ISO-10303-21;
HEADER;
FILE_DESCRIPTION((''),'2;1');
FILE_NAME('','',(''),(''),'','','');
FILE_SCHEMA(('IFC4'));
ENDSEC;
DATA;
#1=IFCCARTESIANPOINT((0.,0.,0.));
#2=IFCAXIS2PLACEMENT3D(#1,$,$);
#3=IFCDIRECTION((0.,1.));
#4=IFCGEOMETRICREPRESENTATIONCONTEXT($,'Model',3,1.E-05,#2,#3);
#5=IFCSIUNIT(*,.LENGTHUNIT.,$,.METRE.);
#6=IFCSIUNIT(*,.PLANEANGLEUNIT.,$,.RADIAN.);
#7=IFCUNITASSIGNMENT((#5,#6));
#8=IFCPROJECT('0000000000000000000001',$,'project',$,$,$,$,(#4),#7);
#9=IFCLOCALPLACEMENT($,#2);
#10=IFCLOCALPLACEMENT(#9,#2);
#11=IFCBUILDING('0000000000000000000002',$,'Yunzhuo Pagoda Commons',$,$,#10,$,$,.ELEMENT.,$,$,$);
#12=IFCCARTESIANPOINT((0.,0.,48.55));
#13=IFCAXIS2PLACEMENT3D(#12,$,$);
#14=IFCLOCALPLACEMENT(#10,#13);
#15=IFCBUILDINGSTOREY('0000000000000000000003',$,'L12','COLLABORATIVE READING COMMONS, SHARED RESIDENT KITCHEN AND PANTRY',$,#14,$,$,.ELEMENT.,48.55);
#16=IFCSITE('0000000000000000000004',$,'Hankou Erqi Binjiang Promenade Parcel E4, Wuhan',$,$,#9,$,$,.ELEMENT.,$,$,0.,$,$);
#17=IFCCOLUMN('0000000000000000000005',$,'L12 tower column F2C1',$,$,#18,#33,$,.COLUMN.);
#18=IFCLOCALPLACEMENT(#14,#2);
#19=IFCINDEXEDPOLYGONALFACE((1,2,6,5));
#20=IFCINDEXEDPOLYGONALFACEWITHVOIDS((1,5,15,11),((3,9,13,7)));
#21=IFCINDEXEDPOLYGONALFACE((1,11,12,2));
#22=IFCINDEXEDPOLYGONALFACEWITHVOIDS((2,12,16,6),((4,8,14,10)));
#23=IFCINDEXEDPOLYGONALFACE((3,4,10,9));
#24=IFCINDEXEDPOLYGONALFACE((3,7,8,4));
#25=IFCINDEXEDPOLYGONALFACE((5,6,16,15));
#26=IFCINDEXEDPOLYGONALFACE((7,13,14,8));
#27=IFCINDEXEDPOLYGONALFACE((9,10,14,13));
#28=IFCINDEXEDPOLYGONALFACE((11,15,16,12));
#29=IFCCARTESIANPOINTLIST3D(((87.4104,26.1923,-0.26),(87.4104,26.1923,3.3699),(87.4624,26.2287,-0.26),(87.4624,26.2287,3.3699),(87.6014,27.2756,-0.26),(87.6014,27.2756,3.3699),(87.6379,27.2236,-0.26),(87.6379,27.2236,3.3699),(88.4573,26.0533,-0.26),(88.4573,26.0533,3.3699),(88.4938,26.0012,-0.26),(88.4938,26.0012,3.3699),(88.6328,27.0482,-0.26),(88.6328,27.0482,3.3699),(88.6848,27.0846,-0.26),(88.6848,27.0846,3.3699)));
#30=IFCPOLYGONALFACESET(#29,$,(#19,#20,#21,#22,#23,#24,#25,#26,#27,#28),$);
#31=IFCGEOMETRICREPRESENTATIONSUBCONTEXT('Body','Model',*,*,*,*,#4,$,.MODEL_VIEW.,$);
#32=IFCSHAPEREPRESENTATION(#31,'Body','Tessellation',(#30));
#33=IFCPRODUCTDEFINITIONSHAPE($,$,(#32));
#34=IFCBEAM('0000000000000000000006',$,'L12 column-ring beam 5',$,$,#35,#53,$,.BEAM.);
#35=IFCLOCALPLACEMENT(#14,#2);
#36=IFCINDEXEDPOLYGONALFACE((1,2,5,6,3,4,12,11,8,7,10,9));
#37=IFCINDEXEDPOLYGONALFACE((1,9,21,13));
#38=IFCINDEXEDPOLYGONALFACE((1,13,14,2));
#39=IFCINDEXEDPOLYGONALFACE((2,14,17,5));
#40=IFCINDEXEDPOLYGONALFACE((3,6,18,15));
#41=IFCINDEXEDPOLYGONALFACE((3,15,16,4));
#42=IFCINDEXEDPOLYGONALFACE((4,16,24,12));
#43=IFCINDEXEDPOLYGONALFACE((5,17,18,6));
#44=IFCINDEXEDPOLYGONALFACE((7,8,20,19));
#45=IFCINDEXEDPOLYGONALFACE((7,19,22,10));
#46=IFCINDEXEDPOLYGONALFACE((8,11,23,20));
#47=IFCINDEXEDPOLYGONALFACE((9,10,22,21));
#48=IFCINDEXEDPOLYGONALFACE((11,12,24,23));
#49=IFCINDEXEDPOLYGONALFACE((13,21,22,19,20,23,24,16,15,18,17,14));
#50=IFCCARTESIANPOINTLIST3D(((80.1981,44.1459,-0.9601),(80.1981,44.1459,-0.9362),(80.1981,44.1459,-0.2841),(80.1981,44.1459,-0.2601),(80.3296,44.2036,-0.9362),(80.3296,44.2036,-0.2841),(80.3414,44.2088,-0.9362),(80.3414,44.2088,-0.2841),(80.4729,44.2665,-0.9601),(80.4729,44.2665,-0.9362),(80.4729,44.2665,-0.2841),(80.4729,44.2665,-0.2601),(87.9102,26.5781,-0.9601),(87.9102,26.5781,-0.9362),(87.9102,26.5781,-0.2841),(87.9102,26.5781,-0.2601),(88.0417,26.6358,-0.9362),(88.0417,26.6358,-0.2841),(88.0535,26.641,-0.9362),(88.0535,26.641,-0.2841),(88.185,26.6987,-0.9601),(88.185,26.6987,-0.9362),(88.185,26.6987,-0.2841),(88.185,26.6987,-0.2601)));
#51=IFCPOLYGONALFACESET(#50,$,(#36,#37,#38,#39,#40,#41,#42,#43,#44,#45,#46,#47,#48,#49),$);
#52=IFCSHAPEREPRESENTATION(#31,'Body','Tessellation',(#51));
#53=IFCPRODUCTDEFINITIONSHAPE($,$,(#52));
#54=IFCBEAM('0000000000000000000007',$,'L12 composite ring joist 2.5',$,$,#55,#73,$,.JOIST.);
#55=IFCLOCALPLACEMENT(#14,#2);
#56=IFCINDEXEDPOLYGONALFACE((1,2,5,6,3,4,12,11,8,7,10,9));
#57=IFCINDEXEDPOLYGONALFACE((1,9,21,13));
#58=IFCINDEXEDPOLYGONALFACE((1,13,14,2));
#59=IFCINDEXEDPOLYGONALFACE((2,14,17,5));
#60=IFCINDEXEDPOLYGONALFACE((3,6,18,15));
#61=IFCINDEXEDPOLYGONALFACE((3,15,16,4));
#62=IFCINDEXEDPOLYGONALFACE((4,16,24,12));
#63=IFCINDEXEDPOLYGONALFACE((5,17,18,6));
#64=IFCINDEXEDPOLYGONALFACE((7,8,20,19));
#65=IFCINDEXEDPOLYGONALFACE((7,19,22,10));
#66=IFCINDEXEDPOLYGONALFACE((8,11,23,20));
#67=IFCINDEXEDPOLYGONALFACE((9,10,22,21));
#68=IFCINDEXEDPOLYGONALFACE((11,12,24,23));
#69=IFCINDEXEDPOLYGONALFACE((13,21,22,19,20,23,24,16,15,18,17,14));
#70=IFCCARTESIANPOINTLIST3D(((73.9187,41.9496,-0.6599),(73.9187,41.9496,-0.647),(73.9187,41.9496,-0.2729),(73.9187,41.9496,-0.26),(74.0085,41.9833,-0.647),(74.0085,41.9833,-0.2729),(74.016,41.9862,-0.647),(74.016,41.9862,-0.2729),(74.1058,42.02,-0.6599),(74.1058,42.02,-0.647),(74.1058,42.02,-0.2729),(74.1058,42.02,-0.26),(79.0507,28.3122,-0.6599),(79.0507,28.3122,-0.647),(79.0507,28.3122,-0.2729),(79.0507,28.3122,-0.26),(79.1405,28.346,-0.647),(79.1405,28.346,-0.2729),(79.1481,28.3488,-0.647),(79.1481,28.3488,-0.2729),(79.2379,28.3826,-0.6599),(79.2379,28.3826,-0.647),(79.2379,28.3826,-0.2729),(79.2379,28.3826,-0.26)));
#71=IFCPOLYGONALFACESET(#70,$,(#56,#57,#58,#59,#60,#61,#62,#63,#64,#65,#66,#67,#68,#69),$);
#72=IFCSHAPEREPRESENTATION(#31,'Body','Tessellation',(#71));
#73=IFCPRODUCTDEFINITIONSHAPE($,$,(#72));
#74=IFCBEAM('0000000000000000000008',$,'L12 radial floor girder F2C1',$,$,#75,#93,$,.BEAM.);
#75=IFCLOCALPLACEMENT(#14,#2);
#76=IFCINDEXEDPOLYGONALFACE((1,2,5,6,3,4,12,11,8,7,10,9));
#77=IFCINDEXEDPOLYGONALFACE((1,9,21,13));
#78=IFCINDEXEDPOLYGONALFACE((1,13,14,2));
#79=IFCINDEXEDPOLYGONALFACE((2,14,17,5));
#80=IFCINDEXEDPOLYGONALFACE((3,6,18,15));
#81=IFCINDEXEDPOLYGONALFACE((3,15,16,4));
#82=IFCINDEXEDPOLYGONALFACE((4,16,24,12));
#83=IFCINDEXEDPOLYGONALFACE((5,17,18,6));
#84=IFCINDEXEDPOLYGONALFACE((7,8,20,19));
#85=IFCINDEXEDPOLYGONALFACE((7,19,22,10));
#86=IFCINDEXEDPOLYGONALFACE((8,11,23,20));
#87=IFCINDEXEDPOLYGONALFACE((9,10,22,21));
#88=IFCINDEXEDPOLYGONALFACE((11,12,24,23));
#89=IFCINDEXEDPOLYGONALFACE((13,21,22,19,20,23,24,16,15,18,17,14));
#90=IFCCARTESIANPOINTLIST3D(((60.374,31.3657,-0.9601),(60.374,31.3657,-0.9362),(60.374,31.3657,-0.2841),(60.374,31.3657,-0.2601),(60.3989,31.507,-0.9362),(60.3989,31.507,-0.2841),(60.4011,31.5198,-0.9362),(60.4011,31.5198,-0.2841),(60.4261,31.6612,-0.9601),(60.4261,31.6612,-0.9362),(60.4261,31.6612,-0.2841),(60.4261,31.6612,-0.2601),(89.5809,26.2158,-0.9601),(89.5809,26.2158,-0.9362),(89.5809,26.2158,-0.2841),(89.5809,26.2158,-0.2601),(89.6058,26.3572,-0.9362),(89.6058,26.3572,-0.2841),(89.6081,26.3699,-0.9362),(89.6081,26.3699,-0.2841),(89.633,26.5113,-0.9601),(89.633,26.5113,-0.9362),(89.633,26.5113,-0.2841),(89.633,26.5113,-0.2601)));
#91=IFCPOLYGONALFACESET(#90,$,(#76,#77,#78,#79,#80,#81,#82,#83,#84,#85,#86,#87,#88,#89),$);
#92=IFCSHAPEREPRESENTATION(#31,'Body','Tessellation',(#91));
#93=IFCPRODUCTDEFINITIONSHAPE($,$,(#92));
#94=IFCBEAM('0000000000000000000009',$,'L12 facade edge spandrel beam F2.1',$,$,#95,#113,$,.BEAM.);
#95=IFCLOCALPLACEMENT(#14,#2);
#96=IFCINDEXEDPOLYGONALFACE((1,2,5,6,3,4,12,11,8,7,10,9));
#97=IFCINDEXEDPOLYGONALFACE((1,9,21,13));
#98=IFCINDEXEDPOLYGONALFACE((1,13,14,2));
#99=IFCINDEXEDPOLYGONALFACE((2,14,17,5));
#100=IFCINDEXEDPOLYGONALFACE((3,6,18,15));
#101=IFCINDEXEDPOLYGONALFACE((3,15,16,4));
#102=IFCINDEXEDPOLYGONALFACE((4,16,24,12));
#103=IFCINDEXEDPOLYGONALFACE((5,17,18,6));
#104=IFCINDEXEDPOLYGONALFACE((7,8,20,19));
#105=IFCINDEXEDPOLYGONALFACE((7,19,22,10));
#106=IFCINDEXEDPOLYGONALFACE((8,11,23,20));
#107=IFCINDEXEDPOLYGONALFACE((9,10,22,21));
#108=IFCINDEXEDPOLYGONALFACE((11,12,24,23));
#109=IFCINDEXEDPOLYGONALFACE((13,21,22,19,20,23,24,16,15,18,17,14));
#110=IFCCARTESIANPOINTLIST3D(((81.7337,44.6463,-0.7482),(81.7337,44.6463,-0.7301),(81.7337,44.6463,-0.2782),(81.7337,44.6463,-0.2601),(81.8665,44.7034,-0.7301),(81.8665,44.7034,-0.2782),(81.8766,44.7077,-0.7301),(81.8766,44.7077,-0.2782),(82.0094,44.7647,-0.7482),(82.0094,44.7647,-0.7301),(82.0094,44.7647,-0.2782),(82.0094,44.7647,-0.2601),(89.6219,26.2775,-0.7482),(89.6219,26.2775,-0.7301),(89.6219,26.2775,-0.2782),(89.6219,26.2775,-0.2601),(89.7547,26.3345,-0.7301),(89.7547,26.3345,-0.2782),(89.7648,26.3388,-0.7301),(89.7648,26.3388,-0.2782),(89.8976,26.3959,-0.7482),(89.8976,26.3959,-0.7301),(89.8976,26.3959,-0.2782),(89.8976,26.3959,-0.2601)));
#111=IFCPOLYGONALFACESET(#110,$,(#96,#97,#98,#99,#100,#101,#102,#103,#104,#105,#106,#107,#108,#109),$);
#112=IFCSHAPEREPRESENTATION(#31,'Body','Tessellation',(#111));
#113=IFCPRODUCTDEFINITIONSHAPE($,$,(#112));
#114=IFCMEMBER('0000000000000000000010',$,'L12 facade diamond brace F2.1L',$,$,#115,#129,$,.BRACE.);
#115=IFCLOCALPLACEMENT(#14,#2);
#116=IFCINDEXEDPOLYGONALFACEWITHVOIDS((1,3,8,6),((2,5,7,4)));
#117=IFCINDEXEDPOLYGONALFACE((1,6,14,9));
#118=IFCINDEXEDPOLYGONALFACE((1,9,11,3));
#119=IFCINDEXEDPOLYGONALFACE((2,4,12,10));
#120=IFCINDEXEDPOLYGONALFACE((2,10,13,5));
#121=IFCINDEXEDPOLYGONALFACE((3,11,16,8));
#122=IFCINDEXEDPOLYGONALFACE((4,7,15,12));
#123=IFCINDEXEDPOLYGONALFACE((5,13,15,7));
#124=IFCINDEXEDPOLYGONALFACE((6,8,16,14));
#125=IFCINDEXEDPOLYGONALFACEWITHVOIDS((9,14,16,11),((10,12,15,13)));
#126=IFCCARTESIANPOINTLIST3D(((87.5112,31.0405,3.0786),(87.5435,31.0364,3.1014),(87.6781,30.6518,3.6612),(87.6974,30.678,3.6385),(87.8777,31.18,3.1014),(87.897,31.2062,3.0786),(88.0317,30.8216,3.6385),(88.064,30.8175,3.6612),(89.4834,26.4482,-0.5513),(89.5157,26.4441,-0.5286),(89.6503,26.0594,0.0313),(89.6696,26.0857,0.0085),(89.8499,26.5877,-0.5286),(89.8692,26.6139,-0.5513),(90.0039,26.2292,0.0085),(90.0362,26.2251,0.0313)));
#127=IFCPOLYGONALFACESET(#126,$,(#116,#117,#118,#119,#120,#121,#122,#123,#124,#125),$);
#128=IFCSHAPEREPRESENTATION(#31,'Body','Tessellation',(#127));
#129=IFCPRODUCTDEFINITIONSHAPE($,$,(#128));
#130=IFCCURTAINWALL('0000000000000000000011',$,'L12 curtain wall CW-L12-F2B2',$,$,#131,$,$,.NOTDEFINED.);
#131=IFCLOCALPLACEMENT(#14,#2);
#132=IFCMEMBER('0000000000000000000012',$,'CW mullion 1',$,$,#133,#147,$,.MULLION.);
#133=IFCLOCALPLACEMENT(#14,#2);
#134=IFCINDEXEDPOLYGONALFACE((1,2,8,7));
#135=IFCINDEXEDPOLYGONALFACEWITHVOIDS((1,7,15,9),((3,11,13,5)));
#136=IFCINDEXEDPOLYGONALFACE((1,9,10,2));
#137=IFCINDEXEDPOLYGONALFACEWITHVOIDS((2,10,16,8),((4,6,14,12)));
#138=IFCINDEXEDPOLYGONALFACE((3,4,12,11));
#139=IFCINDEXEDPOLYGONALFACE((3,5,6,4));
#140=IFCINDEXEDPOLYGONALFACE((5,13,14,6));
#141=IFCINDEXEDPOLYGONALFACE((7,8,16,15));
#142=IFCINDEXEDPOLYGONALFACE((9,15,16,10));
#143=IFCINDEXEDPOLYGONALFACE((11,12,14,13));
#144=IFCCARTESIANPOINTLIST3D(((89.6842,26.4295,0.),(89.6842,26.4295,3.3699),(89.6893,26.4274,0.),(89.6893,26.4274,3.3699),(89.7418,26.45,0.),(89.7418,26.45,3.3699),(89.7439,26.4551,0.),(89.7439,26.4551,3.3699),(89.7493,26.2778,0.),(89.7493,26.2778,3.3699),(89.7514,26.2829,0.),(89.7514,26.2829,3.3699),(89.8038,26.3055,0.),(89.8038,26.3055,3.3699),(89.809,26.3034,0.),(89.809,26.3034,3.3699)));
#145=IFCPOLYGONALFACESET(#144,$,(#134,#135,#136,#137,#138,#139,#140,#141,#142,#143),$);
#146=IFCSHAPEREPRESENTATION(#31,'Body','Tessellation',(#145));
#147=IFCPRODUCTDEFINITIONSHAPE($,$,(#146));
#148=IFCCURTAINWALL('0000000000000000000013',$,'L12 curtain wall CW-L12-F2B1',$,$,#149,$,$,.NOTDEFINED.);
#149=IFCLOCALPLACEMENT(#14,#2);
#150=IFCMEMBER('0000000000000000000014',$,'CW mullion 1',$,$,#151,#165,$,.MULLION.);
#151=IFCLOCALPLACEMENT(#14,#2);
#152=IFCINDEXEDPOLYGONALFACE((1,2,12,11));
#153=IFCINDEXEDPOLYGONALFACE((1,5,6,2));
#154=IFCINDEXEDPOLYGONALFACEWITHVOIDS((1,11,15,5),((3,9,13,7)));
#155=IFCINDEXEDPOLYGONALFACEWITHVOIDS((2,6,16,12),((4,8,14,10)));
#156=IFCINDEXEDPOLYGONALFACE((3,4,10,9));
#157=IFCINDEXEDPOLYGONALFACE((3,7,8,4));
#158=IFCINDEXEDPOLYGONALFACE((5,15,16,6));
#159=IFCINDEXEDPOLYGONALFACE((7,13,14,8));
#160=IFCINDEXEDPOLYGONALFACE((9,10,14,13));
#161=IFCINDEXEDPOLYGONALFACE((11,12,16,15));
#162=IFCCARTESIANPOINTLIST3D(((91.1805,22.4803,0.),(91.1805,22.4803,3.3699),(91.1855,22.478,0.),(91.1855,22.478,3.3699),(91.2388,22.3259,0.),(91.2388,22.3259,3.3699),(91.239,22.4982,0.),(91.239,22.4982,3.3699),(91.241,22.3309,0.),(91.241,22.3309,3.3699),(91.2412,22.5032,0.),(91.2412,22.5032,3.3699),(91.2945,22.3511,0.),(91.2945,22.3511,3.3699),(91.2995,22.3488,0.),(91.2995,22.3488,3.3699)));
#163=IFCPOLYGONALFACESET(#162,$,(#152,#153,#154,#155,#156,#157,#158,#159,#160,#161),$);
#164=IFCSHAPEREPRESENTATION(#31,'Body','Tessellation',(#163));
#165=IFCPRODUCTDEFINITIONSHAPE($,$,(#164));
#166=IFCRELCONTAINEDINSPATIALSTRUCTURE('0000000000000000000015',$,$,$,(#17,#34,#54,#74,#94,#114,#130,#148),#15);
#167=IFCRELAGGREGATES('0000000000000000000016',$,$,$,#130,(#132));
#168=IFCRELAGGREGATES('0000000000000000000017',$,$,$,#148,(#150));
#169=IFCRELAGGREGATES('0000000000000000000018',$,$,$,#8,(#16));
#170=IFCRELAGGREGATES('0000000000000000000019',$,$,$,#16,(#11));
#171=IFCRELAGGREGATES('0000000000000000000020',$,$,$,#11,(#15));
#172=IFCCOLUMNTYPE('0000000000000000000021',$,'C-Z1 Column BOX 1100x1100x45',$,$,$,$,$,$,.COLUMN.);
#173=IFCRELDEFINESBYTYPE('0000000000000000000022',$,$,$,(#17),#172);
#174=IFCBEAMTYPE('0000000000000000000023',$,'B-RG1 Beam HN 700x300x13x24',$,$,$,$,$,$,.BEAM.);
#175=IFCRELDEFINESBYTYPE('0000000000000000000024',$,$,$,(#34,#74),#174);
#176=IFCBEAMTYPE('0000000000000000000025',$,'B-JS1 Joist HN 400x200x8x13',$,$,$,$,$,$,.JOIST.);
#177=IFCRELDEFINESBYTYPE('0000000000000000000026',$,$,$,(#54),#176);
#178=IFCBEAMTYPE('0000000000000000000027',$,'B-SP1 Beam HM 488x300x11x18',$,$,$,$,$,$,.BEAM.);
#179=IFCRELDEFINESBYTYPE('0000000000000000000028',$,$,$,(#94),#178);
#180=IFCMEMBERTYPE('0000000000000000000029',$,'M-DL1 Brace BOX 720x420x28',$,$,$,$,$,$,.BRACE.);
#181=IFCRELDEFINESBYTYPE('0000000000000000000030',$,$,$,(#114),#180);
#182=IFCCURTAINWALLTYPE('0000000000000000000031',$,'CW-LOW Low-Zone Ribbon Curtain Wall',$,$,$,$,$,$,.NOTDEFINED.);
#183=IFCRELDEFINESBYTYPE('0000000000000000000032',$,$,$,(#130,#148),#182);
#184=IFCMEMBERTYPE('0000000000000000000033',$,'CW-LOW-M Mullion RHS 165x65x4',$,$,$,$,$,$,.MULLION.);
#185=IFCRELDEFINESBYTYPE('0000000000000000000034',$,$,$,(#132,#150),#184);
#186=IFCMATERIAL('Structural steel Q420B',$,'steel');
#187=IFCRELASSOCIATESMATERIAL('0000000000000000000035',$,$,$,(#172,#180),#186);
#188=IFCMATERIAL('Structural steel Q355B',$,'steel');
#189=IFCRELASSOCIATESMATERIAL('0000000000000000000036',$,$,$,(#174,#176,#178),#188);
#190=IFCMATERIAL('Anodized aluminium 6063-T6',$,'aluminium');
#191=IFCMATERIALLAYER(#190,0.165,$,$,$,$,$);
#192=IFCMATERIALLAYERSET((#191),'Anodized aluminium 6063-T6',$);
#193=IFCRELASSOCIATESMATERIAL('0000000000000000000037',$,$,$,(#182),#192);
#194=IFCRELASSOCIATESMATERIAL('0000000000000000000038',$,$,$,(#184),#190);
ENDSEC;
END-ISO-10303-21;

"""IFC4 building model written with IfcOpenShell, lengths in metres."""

from ifc_helpers import new_model, si_unit, direction, frame, origin, origin_2d, place, context, subcontext, project, spatial, hollow_rectangle, i_section, extrude, source, transform, mapped, material, layer, layer_set, material_profile, profile_set, type_object, element, aggregate, save


model = new_model("IFC4")

# Units and contexts
model_context = context("Model", 3, precision=1e-05, world=origin(), true_north=direction((0.0, 1.0)))
body_context = subcontext(model_context, "Body", "Model", "MODEL_VIEW")
ifc_project = project(units=[si_unit("LENGTHUNIT", "METRE"), si_unit("PLANEANGLEUNIT", "RADIAN")], contexts=[model_context])

# Site, building, storey
site_placement = place(None, origin())
site = spatial("IfcSite", under=ifc_project, at=site_placement, Name="Hankou Erqi Binjiang Promenade Parcel E4, Wuhan", CompositionType="ELEMENT", RefElevation=0.0)
building_placement = place(site_placement, origin())
building = spatial("IfcBuilding", under=site, at=building_placement, Name="Yunzhuo Pagoda Commons", CompositionType="ELEMENT")
storey_placement = place(building_placement, frame((0.0, 0.0, 48.55)))
storey = spatial("IfcBuildingStorey", under=building, at=storey_placement, Name="L12", Description="COLLABORATIVE READING COMMONS, SHARED RESIDENT KITCHEN AND PANTRY", CompositionType="ELEMENT", Elevation=48.55)

# Column
ifc_material_1 = material(Name="Structural steel Q420B", Category="steel")
ifc_material_profile_1 = material_profile(ifc_material_1, hollow_rectangle(XDim=1.1001, YDim=1.1001, WallThickness=0.0449, at=origin_2d()), Name="Structural steel Q420B")
ifc_profile_set_1 = profile_set([ifc_material_profile_1], Name="Structural steel Q420B")
column_type = type_object("IfcColumnType", Name="C-Z1 Column BOX 1100x1100x45", PredefinedType="COLUMN", material=ifc_profile_set_1)
shared_shape_1 = source(origin(), body_context, "Body", "SweptSolid", [
    extrude(hollow_rectangle(XDim=1.1001, YDim=1.1001, WallThickness=0.0449, at=origin_2d()), origin(), (0.0, 0.0, 1.0), 3.6299),
])
column_placement = place(storey_placement, frame((88.0476, 26.6384, -0.26), z_axis=(0.0, 0.0, 1.0), x_axis=(0.173648, 0.984808, 0.0)))
element("IfcColumn", 1, at=column_placement, inside=storey, type_object=column_type, Name="L12 tower column F2C1", PredefinedType="COLUMN", context=body_context, shape_type="MappedRepresentation", body=[
    mapped(shared_shape_1, transform((0.0, 0.0, 0.0), scale=1.0)),
])

# Beams
ifc_material_2 = material(Name="Structural steel Q355B", Category="steel")
ifc_material_profile_2 = material_profile(ifc_material_2, i_section(OverallWidth=0.3, OverallDepth=0.7, WebThickness=0.0129, FlangeThickness=0.0239, at=origin_2d()), Name="Structural steel Q355B")
ifc_profile_set_2 = profile_set([ifc_material_profile_2], Name="Structural steel Q355B")
beam_type_1 = type_object("IfcBeamType", Name="B-RG1 Beam HN 700x300x13x24", PredefinedType="BEAM", material=ifc_profile_set_2)
shared_shape_2 = source(origin(), body_context, "Body", "SweptSolid", [
    extrude(i_section(OverallWidth=0.3, OverallDepth=0.7, WebThickness=0.0129, FlangeThickness=0.0239, at=origin_2d()), origin(), (0.0, 0.0, 1.0), 19.186),
])
beam_1_placement = place(storey_placement, frame((88.0476, 26.6384, -0.6101), z_axis=(-0.401965, 0.915655, 0.0), x_axis=(-0.915655, -0.401965, 0.0)))
element("IfcBeam", 2, at=beam_1_placement, inside=storey, type_object=beam_type_1, Name="L12 column-ring beam 5", PredefinedType="BEAM", context=body_context, shape_type="MappedRepresentation", body=[
    mapped(shared_shape_2, transform((0.0, 0.0, 0.0), scale=1.0)),
])
ifc_material_profile_3 = material_profile(ifc_material_2, i_section(OverallWidth=0.2, OverallDepth=0.3999, WebThickness=0.0081, FlangeThickness=0.0129, at=origin_2d()), Name="Structural steel Q355B")
ifc_profile_set_3 = profile_set([ifc_material_profile_3], Name="Structural steel Q355B")
beam_type_2 = type_object("IfcBeamType", Name="B-JS1 Joist HN 400x200x8x13", PredefinedType="JOIST", material=ifc_profile_set_3)
shared_shape_3 = source(origin(), body_context, "Body", "SweptSolid", [
    extrude(i_section(OverallWidth=0.2, OverallDepth=0.3999, WebThickness=0.0081, FlangeThickness=0.0129, at=origin_2d()), origin(), (0.0, 0.0, 1.0), 14.571),
])
beam_2_placement = place(storey_placement, frame((79.1443, 28.3474, -0.46), z_axis=(-0.352208, 0.935922, 0.0), x_axis=(-0.935922, -0.352208, 0.0)))
element("IfcBeam", 3, at=beam_2_placement, inside=storey, type_object=beam_type_2, Name="L12 composite ring joist 2.5", PredefinedType="JOIST", context=body_context, shape_type="MappedRepresentation", body=[
    mapped(shared_shape_3, transform((0.0, 0.0, 0.0), scale=1.0)),
])
shared_shape_4 = source(origin(), body_context, "Body", "SweptSolid", [
    extrude(i_section(OverallWidth=0.3, OverallDepth=0.7, WebThickness=0.0129, FlangeThickness=0.0239, at=origin_2d()), origin(), (0.0, 0.0, 1.0), 29.6575),
])
beam_3_placement = place(storey_placement, frame((89.6069, 26.3635, -0.6101), z_axis=(-0.984808, 0.173645, 0.0), x_axis=(-0.173645, -0.984808, 0.0)))
element("IfcBeam", 4, at=beam_3_placement, inside=storey, type_object=beam_type_1, Name="L12 radial floor girder F2C1", PredefinedType="BEAM", context=body_context, shape_type="MappedRepresentation", body=[
    mapped(shared_shape_4, transform((0.0, 0.0, 0.0), scale=1.0)),
])
ifc_material_profile_4 = material_profile(ifc_material_2, i_section(OverallWidth=0.3, OverallDepth=0.488, WebThickness=0.011, FlangeThickness=0.0181, at=origin_2d()), Name="Structural steel Q355B")
ifc_profile_set_4 = profile_set([ifc_material_profile_4], Name="Structural steel Q355B")
beam_type_3 = type_object("IfcBeamType", Name="B-SP1 Beam HM 488x300x11x18", PredefinedType="BEAM", material=ifc_profile_set_4)
shared_shape_5 = source(origin(), body_context, "Body", "SweptSolid", [
    extrude(i_section(OverallWidth=0.3, OverallDepth=0.488, WebThickness=0.011, FlangeThickness=0.0181, at=origin_2d()), origin(), (0.0, 0.0, 1.0), 19.991),
])
beam_4_placement = place(storey_placement, frame((89.7598, 26.3367, -0.5042), z_axis=(-0.394587, 0.918859, 0.0), x_axis=(-0.918859, -0.394587, 0.0)))
element("IfcBeam", 5, at=beam_4_placement, inside=storey, type_object=beam_type_3, Name="L12 facade edge spandrel beam F2.1", PredefinedType="BEAM", context=body_context, shape_type="MappedRepresentation", body=[
    mapped(shared_shape_5, transform((0.0, 0.0, 0.0), scale=1.0)),
])

# Member
ifc_material_profile_5 = material_profile(ifc_material_1, hollow_rectangle(XDim=0.4199, YDim=0.72, WallThickness=0.0281, at=origin_2d()), Name="Structural steel Q420B")
ifc_profile_set_5 = profile_set([ifc_material_profile_5], Name="Structural steel Q420B")
member_type_1 = type_object("IfcMemberType", Name="M-DL1 Brace BOX 720x420x28", PredefinedType="BRACE", material=ifc_profile_set_5)
shared_shape_6 = source(origin(), body_context, "Body", "SweptSolid", [
    extrude(hollow_rectangle(XDim=0.4199, YDim=0.72, WallThickness=0.0281, at=origin_2d()), origin(), (0.0, 0.0, 1.0), 6.177),
])
member_1_placement = place(storey_placement, frame((89.7598, 26.3367, -0.26), z_axis=(-0.319279, 0.743456, 0.587651), x_axis=(-0.918852, -0.394603, 0.0)))
element("IfcMember", 6, at=member_1_placement, inside=storey, type_object=member_type_1, Name="L12 facade diamond brace F2.1L", PredefinedType="BRACE", context=body_context, shape_type="MappedRepresentation", body=[
    mapped(shared_shape_6, transform((0.0, 0.0, 0.0), scale=1.0)),
])

# Curtain wall, member
ifc_material_3 = material(Name="Anodized aluminium 6063-T6", Category="aluminium")
ifc_layer_1 = layer(ifc_material_3, 0.165)
ifc_layer_set_1 = layer_set([ifc_layer_1], Name="Anodized aluminium 6063-T6")
curtain_wall_type_1 = type_object("IfcCurtainWallType", Name="CW-LOW Low-Zone Ribbon Curtain Wall", PredefinedType="NOTDEFINED", material=ifc_layer_set_1)
curtain_wall_1_placement = place(storey_placement, origin())
curtain_wall_1 = element("IfcCurtainWall", 7, at=curtain_wall_1_placement, inside=storey, type_object=curtain_wall_type_1, Name="L12 curtain wall CW-L12-F2B2", PredefinedType="NOTDEFINED")
ifc_material_profile_6 = material_profile(ifc_material_3, hollow_rectangle(XDim=0.0649, YDim=0.165, WallThickness=0.0039, at=origin_2d()), Name="Anodized aluminium 6063-T6")
ifc_profile_set_6 = profile_set([ifc_material_profile_6], Name="Anodized aluminium 6063-T6")
member_type_2 = type_object("IfcMemberType", Name="CW-LOW-M Mullion RHS 165x65x4", PredefinedType="MULLION", material=ifc_profile_set_6)
shared_shape_7 = source(origin(), body_context, "Body", "SweptSolid", [
    extrude(hollow_rectangle(XDim=0.0649, YDim=0.165, WallThickness=0.0039, at=origin_2d()), origin(), (0.0, 0.0, 1.0), 3.3699),
])
member_2_placement = place(storey_placement, frame((89.7466, 26.3665, 0.0), z_axis=(0.0, 0.0, 1.0), x_axis=(-0.918866, -0.394571, 0.0)))
member_2 = element("IfcMember", 8, at=member_2_placement, type_object=member_type_2, Name="CW mullion 1", PredefinedType="MULLION", context=body_context, shape_type="MappedRepresentation", body=[
    mapped(shared_shape_7, transform((0.0, 0.0, 0.0), scale=1.0)),
])

# Curtain wall, member
curtain_wall_2_placement = place(storey_placement, origin())
curtain_wall_2 = element("IfcCurtainWall", 9, at=curtain_wall_2_placement, inside=storey, type_object=curtain_wall_type_1, Name="L12 curtain wall CW-L12-F2B1", PredefinedType="NOTDEFINED")
member_3_placement = place(storey_placement, frame((91.24, 22.4146, 0.0), z_axis=(0.0, 0.0, 1.0), x_axis=(-0.935566, -0.353151, 0.0)))
member_3 = element("IfcMember", 10, at=member_3_placement, type_object=member_type_2, Name="CW mullion 1", PredefinedType="MULLION", context=body_context, shape_type="MappedRepresentation", body=[
    mapped(shared_shape_7, transform((0.0, 0.0, 0.0), scale=1.0)),
])

aggregate(curtain_wall_1, [member_2])

aggregate(curtain_wall_2, [member_3])

save(model, "model.ifc")
